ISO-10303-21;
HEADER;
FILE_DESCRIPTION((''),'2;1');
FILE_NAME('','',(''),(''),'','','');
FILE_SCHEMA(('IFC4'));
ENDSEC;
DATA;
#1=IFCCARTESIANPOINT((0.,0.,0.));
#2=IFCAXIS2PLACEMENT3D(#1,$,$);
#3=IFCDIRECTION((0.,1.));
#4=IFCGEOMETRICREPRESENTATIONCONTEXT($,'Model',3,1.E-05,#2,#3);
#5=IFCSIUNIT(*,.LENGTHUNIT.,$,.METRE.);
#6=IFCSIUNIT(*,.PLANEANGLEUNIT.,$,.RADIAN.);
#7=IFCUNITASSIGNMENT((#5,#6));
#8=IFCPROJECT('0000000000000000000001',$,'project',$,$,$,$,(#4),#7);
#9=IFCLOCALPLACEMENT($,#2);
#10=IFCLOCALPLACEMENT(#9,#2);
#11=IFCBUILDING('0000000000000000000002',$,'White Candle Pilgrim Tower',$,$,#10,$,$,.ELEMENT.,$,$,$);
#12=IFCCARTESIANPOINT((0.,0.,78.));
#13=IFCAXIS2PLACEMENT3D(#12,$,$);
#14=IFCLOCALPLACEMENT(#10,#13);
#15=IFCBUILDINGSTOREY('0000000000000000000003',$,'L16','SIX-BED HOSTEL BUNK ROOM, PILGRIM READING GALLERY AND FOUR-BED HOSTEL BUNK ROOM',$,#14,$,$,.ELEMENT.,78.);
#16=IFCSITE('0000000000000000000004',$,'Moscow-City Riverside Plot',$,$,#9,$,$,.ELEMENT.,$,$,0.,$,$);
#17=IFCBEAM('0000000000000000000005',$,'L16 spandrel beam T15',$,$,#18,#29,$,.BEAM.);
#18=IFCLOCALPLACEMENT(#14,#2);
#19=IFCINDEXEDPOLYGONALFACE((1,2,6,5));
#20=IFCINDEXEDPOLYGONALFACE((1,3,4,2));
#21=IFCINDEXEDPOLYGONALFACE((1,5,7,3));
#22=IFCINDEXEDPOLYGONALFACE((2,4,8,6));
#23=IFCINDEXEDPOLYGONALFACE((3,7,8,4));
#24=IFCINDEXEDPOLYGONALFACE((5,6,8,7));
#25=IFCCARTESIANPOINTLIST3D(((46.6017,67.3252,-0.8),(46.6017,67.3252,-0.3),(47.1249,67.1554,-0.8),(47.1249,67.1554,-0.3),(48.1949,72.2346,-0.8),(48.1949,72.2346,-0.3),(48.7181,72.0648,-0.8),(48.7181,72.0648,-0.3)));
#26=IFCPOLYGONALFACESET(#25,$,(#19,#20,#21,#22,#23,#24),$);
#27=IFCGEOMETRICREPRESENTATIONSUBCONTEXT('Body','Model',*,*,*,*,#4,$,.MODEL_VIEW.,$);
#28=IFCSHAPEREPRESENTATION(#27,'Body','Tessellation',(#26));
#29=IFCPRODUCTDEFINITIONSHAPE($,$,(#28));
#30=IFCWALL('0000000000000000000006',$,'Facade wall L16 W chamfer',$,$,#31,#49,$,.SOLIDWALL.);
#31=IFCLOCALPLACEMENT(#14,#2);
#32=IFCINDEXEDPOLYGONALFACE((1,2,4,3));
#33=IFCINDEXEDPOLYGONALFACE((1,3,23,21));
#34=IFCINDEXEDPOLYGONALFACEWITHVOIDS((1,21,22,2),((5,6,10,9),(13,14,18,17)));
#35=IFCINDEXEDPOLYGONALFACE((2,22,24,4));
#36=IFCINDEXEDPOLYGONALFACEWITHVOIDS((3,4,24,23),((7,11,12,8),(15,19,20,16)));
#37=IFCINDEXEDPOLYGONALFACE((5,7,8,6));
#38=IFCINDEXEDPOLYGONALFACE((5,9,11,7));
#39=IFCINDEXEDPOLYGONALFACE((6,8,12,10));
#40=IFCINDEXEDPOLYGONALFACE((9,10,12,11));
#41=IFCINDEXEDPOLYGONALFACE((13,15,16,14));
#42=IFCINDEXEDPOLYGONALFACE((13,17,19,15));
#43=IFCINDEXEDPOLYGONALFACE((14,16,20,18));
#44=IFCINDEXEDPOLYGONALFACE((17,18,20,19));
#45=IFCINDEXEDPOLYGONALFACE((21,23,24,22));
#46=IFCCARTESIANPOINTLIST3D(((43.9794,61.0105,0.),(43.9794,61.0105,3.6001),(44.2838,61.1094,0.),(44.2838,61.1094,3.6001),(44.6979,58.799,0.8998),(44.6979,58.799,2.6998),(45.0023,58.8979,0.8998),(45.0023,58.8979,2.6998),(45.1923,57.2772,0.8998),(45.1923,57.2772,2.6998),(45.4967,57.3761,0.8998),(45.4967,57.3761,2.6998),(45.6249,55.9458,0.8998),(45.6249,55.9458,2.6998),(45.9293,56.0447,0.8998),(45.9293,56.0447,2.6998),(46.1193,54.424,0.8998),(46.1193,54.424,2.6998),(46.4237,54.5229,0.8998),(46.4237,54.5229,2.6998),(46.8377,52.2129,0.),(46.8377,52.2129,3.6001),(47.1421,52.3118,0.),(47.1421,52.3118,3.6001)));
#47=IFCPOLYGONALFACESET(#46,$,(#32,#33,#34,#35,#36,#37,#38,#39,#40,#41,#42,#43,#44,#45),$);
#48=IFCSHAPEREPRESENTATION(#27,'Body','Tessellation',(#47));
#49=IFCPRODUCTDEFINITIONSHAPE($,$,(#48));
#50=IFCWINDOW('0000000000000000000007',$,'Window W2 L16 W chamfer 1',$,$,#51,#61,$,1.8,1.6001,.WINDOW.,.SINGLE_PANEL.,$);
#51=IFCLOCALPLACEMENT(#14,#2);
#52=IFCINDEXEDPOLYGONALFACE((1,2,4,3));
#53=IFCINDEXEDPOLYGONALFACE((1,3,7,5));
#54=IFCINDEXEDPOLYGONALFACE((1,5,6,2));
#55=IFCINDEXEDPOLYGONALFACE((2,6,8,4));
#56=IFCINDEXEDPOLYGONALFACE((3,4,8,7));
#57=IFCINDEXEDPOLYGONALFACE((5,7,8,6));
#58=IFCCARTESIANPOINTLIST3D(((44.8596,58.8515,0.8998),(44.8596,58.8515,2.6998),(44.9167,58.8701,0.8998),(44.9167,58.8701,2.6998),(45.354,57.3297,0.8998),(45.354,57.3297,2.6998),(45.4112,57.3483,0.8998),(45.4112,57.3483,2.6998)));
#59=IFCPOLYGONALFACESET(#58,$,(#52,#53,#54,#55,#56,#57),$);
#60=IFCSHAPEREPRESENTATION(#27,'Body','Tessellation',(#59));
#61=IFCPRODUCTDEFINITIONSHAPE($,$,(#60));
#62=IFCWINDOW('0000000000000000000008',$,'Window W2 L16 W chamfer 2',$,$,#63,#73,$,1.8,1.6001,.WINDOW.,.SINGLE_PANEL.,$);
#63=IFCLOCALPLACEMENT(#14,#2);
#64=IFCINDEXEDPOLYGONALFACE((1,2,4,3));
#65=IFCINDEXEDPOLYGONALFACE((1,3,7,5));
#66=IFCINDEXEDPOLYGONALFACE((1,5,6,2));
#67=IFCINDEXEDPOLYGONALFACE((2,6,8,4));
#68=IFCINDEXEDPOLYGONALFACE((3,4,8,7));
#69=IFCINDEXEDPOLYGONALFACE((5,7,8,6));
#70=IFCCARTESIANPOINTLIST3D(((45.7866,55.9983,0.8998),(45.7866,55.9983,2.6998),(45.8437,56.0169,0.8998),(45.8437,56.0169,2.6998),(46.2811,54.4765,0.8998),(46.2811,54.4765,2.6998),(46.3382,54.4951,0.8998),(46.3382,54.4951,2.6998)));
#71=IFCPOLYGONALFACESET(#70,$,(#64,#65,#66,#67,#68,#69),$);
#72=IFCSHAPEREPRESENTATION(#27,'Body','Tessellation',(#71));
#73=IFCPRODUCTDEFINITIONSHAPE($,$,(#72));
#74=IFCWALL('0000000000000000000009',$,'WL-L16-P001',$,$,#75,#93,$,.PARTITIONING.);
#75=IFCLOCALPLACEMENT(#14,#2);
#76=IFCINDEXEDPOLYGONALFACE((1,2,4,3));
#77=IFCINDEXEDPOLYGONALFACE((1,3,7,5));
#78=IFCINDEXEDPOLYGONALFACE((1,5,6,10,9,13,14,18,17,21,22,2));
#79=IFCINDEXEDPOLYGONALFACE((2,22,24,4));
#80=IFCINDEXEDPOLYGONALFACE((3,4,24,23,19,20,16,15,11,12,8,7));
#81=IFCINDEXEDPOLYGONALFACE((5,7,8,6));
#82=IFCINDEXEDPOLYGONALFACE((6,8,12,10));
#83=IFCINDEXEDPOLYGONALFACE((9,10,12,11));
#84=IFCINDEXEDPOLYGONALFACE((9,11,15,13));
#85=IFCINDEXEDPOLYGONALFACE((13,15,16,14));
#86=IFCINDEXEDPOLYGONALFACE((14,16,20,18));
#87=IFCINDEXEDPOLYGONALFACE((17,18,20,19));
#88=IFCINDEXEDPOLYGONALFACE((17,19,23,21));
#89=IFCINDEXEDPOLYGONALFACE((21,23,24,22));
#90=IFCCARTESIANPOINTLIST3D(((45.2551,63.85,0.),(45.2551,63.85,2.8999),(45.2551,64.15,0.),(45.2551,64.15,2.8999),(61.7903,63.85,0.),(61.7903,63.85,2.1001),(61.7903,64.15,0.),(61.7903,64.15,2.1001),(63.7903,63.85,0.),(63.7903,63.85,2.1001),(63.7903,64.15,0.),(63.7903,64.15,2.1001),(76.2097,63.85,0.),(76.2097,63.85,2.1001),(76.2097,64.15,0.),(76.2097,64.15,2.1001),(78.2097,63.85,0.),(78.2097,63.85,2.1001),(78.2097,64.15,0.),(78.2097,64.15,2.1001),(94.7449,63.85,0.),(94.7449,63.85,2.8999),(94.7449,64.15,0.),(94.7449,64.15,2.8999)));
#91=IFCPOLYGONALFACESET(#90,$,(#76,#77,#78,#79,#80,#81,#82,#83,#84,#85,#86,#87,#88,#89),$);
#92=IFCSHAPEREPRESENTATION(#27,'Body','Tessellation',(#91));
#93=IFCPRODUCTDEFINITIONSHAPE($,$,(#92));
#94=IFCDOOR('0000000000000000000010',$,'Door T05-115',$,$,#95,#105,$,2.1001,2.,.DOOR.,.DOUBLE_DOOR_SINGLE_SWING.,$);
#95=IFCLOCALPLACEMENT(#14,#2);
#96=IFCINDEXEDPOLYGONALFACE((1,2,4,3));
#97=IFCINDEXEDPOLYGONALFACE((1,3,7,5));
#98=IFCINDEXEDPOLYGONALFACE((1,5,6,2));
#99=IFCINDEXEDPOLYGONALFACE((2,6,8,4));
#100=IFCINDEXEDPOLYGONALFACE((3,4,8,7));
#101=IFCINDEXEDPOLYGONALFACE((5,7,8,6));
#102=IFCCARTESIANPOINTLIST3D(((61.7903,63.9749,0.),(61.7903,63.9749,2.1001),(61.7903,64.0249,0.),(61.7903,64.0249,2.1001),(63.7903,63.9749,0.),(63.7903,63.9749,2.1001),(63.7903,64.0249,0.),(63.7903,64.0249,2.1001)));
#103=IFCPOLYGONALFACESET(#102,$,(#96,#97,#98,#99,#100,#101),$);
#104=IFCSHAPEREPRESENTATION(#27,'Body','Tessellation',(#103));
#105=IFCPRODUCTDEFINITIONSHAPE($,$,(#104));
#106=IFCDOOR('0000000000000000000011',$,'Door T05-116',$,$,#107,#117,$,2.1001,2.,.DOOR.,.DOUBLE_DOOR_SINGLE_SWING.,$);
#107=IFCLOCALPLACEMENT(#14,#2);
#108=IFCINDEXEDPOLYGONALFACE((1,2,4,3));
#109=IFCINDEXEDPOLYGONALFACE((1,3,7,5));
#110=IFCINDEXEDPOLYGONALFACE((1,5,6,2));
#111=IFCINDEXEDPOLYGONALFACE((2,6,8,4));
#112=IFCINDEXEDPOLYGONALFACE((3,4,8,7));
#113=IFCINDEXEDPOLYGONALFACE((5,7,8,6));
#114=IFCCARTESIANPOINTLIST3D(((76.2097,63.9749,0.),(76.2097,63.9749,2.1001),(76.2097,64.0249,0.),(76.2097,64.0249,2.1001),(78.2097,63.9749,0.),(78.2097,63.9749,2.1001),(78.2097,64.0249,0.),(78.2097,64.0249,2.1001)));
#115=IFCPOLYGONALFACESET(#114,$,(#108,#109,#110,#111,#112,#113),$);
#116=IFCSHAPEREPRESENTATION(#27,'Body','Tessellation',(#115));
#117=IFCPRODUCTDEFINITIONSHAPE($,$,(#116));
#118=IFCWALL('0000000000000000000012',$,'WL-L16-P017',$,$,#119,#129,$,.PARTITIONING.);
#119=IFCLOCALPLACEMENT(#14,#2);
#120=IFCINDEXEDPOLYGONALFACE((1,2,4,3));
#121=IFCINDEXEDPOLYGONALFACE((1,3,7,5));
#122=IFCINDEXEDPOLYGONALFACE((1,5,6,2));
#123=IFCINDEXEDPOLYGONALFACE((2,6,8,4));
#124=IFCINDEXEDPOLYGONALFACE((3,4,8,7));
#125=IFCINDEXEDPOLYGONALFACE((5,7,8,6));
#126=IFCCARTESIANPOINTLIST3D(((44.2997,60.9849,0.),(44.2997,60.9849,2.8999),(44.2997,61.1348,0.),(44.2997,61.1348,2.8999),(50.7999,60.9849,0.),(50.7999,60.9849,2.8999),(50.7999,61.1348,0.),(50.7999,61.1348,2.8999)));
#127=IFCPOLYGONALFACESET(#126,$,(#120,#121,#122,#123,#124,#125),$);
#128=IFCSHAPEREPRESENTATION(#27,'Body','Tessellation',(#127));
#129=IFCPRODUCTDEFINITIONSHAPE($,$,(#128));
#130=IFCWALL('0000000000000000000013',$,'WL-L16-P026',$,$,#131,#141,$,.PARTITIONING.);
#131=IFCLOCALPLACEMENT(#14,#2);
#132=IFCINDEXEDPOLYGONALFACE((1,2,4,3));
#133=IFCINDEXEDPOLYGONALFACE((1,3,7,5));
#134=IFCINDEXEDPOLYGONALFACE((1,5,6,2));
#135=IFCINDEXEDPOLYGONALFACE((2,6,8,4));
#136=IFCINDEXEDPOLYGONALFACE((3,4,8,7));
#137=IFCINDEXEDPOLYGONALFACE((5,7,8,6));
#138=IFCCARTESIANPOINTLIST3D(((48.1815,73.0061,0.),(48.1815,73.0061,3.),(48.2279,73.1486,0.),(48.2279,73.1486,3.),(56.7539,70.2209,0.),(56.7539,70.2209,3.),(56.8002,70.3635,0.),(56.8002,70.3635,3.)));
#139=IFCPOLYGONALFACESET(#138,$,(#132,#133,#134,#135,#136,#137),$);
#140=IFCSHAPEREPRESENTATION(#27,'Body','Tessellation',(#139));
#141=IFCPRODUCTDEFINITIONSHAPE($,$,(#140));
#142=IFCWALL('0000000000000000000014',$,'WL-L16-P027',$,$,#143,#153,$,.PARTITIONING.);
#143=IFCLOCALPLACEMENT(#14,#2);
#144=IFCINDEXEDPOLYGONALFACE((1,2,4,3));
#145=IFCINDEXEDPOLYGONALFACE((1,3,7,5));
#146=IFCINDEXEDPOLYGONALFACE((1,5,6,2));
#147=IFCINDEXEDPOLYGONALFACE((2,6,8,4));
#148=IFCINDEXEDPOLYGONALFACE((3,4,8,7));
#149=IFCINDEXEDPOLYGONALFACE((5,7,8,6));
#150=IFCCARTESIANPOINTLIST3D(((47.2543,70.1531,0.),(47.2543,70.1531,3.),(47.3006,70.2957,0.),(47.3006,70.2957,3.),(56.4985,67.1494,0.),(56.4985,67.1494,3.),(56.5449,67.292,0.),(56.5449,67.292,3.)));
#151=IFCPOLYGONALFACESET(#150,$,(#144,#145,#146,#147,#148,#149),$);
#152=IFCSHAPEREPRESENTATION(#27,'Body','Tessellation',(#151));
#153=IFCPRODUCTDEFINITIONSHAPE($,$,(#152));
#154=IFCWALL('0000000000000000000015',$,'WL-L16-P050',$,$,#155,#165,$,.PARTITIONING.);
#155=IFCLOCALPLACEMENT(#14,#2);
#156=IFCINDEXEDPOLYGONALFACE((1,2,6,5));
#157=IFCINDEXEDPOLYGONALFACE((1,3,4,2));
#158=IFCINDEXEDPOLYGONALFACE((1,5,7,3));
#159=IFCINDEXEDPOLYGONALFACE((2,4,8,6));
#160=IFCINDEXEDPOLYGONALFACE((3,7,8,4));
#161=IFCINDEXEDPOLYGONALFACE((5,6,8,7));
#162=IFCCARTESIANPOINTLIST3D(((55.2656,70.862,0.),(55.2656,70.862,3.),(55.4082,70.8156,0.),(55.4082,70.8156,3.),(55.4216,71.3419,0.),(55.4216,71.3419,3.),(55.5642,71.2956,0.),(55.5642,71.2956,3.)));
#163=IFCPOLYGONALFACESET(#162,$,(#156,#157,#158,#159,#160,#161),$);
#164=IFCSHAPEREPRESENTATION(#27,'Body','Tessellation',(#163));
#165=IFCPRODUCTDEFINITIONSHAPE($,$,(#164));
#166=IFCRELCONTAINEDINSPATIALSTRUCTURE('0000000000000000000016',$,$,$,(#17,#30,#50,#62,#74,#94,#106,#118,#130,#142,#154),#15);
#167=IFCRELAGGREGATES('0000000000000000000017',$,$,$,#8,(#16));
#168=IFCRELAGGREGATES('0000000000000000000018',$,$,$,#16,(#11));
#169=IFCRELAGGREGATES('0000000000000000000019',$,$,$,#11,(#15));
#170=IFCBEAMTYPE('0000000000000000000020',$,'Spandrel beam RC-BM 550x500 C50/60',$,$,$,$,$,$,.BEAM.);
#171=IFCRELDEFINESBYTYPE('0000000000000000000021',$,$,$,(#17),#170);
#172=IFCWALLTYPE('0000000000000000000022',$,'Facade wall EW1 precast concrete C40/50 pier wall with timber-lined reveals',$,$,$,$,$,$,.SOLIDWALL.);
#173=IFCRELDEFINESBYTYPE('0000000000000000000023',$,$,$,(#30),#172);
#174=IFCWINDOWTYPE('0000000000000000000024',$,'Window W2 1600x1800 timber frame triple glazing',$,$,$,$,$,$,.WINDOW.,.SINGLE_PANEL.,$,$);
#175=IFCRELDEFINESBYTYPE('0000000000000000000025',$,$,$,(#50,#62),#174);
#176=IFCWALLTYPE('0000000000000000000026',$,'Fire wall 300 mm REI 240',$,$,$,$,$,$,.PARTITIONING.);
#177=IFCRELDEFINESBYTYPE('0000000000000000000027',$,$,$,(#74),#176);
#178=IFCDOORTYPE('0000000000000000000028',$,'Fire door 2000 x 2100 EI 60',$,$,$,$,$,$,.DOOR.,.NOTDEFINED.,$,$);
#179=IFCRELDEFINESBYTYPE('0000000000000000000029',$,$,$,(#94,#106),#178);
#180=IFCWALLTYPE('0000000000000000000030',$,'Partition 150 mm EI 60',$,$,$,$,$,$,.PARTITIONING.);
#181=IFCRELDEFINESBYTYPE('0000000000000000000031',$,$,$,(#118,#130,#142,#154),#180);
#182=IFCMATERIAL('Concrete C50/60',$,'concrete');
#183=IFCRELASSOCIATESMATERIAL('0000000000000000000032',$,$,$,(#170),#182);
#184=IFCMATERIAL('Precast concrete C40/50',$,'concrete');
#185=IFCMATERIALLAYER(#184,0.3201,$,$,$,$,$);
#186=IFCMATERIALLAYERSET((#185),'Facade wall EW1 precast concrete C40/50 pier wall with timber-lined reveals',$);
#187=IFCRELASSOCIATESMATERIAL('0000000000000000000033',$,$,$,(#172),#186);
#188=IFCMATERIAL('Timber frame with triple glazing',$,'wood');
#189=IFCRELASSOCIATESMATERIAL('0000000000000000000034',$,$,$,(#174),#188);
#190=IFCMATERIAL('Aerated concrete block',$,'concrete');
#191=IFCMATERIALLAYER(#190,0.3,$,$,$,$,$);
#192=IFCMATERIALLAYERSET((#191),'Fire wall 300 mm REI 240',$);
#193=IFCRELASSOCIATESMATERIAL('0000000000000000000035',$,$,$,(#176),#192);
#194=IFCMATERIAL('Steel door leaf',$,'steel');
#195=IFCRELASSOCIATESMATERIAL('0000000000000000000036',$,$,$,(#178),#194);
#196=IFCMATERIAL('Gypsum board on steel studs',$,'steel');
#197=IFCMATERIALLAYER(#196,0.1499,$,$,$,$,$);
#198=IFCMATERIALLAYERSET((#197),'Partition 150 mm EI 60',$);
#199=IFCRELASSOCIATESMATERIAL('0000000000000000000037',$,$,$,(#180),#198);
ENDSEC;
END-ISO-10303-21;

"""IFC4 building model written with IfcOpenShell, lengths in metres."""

from ifc_helpers import new_model, si_unit, direction, frame, frame_2d, origin, origin_2d, place, context, subcontext, project, spatial, rectangle, extrude, material, layer, layer_set, material_profile, profile_set, type_object, element, fill, save


model = new_model("IFC4")

# Units and contexts
model_context = context("Model", 3, precision=1e-05, world=origin(), true_north=direction((0.0, 1.0)))
body_context = subcontext(model_context, "Body", "Model", "MODEL_VIEW")
ifc_project = project(units=[si_unit("LENGTHUNIT", "METRE"), si_unit("PLANEANGLEUNIT", "RADIAN")], contexts=[model_context])

# Site, building, storey
site_placement = place(None, origin())
site = spatial("IfcSite", under=ifc_project, at=site_placement, Name="Moscow-City Riverside Plot", CompositionType="ELEMENT", RefElevation=0.0)
building_placement = place(site_placement, origin())
building = spatial("IfcBuilding", under=site, at=building_placement, Name="White Candle Pilgrim Tower", CompositionType="ELEMENT")
storey_placement = place(building_placement, frame((0.0, 0.0, 78.0)))
storey = spatial("IfcBuildingStorey", under=building, at=storey_placement, Name="L16", Description="SIX-BED HOSTEL BUNK ROOM, PILGRIM READING GALLERY AND FOUR-BED HOSTEL BUNK ROOM", CompositionType="ELEMENT", Elevation=78.0)

# Beam
ifc_material_1 = material(Name="Concrete C50/60", Category="concrete")
ifc_material_profile_1 = material_profile(ifc_material_1, rectangle(XDim=0.55, YDim=0.5, at=origin_2d()), Name="RC-BM 550x500")
ifc_profile_set_1 = profile_set([ifc_material_profile_1], Name="Concrete C50/60")
beam_type_1 = type_object("IfcBeamType", Name="Spandrel beam RC-BM 550x500 C50/60", PredefinedType="BEAM", material=ifc_profile_set_1)
beam_1_placement = place(storey_placement, frame((48.4565, 72.1497, -0.55), z_axis=(-0.308683, -0.951165, 0.0), x_axis=(0.951165, -0.308683, 0.0)))
element("IfcBeam", 1, at=beam_1_placement, inside=storey, type_object=beam_type_1, Name="L16 spandrel beam T15", PredefinedType="BEAM", context=body_context, shape_type="SweptSolid", body=[
    extrude(rectangle(XDim=0.55, YDim=0.5, at=origin_2d()), origin(), (0.0, 0.0, 1.0), 5.1614),
])

# Wall, openings, windows
ifc_material_2 = material(Name="Precast concrete C40/50", Category="concrete")
ifc_layer_1 = layer(ifc_material_2, 0.3201)
ifc_layer_set_1 = layer_set([ifc_layer_1], Name="Facade wall EW1 precast concrete C40/50 pier wall with timber-lined reveals")
wall_type_1 = type_object("IfcWallType", Name="Facade wall EW1 precast concrete C40/50 pier wall with timber-lined reveals", PredefinedType="SOLIDWALL", material=ifc_layer_set_1)
wall_1_placement = place(storey_placement, frame((44.1316, 61.0598, 0.0), z_axis=(0.0, 0.0, 1.0), x_axis=(0.309006, -0.95106, 0.0)))
wall_1 = element("IfcWall", 2, at=wall_1_placement, inside=storey, type_object=wall_type_1, Name="Facade wall L16 W chamfer", PredefinedType="SOLIDWALL", context=body_context, shape_type="SweptSolid", body=[
    extrude(rectangle(XDim=9.2502, YDim=0.3201, at=frame_2d((4.625, 0.0))), origin(), (0.0, 0.0, 1.0), 3.6001),
])
opening_1_placement = place(wall_1_placement, frame((2.3252, 0.0, 0.8999)))
opening_1 = element("IfcOpeningElement", 3, at=opening_1_placement, cuts=wall_1, PredefinedType="OPENING", context=body_context, shape_type="SweptSolid", body=[
    extrude(rectangle(XDim=1.6001, YDim=1.8, at=frame_2d((0.8, 0.8999))), frame((0.0, 0.1699, 0.0), z_axis=(0.0, -1.0, 0.0), x_axis=(1.0, 0.0, 0.0)), (0.0, 0.0, 1.0), 0.3401),
])
opening_2_placement = place(wall_1_placement, frame((5.3252, 0.0, 0.8999)))
opening_2 = element("IfcOpeningElement", 4, at=opening_2_placement, cuts=wall_1, PredefinedType="OPENING", context=body_context, shape_type="SweptSolid", body=[
    extrude(rectangle(XDim=1.6001, YDim=1.8, at=frame_2d((0.8, 0.8999))), frame((0.0, 0.1699, 0.0), z_axis=(0.0, -1.0, 0.0), x_axis=(1.0, 0.0, 0.0)), (0.0, 0.0, 1.0), 0.3401),
])
ifc_material_3 = material(Name="Timber frame with triple glazing", Category="wood")
window_type = type_object("IfcWindowType", Name="Window W2 1600x1800 timber frame triple glazing", PartitioningType="SINGLE_PANEL", PredefinedType="WINDOW", material=ifc_material_3)
window_1_placement = place(opening_1_placement, origin())
window_1 = element("IfcWindow", 5, at=window_1_placement, inside=storey, type_object=window_type, Name="Window W2 L16 W chamfer 1", OverallHeight=1.8, OverallWidth=1.6001, PartitioningType="SINGLE_PANEL", PredefinedType="WINDOW", context=body_context, shape_type="SweptSolid", body=[
    extrude(rectangle(XDim=1.6001, YDim=1.8, at=frame_2d((0.8, 0.8999))), frame((0.0, 0.0701, 0.0), z_axis=(0.0, -1.0, 0.0), x_axis=(1.0, 0.0, 0.0)), (0.0, 0.0, 1.0), 0.0601),
])
fill(opening_1, window_1)
window_2_placement = place(opening_2_placement, origin())
window_2 = element("IfcWindow", 6, at=window_2_placement, inside=storey, type_object=window_type, Name="Window W2 L16 W chamfer 2", OverallHeight=1.8, OverallWidth=1.6001, PartitioningType="SINGLE_PANEL", PredefinedType="WINDOW", context=body_context, shape_type="SweptSolid", body=[
    extrude(rectangle(XDim=1.6001, YDim=1.8, at=frame_2d((0.8, 0.8999))), frame((0.0, 0.0701, 0.0), z_axis=(0.0, -1.0, 0.0), x_axis=(1.0, 0.0, 0.0)), (0.0, 0.0, 1.0), 0.0601),
])
fill(opening_2, window_2)

# Wall, openings, doors
ifc_material_4 = material(Name="Aerated concrete block", Category="concrete")
ifc_layer_2 = layer(ifc_material_4, 0.3)
ifc_layer_set_2 = layer_set([ifc_layer_2], Name="Fire wall 300 mm REI 240")
wall_type_2 = type_object("IfcWallType", Name="Fire wall 300 mm REI 240", PredefinedType="PARTITIONING", material=ifc_layer_set_2)
wall_2_placement = place(storey_placement, frame((45.2551, 64.0, 0.0), z_axis=(0.0, 0.0, 1.0), x_axis=(1.0, 0.0, 0.0)))
wall_2 = element("IfcWall", 7, at=wall_2_placement, inside=storey, type_object=wall_type_2, Name="WL-L16-P001", PredefinedType="PARTITIONING", context=body_context, shape_type="SweptSolid", body=[
    extrude(rectangle(XDim=49.4897, YDim=0.3, at=frame_2d((24.7449, 0.0))), origin(), (0.0, 0.0, 1.0), 2.8999),
])
opening_3_placement = place(wall_2_placement, frame((16.5352, 0.0, 0.0)))
opening_3 = element("IfcOpeningElement", 8, at=opening_3_placement, cuts=wall_2, PredefinedType="OPENING", context=body_context, shape_type="SweptSolid", body=[
    extrude(rectangle(XDim=2.0, YDim=2.1001, at=frame_2d((1.0, 1.05))), frame((0.0, 0.1599, 0.0), z_axis=(0.0, -1.0, 0.0), x_axis=(1.0, 0.0, 0.0)), (0.0, 0.0, 1.0), 0.3201),
])
opening_4_placement = place(wall_2_placement, frame((30.9546, 0.0, 0.0)))
opening_4 = element("IfcOpeningElement", 9, at=opening_4_placement, cuts=wall_2, PredefinedType="OPENING", context=body_context, shape_type="SweptSolid", body=[
    extrude(rectangle(XDim=2.0, YDim=2.1001, at=frame_2d((1.0, 1.05))), frame((0.0, 0.1599, 0.0), z_axis=(0.0, -1.0, 0.0), x_axis=(1.0, 0.0, 0.0)), (0.0, 0.0, 1.0), 0.3201),
])
ifc_material_5 = material(Name="Steel door leaf", Category="steel")
door_type = type_object("IfcDoorType", Name="Fire door 2000 x 2100 EI 60", OperationType="NOTDEFINED", PredefinedType="DOOR", material=ifc_material_5)
door_1_placement = place(opening_3_placement, origin())
door_1 = element("IfcDoor", 10, at=door_1_placement, inside=storey, type_object=door_type, Name="Door T05-115", OperationType="DOUBLE_DOOR_SINGLE_SWING", OverallHeight=2.1001, OverallWidth=2.0, PredefinedType="DOOR", context=body_context, shape_type="SweptSolid", body=[
    extrude(rectangle(XDim=2.0, YDim=2.1001, at=frame_2d((1.0, 1.05))), frame((0.0, 0.0249, 0.0), z_axis=(0.0, -1.0, 0.0), x_axis=(1.0, 0.0, 0.0)), (0.0, 0.0, 1.0), 0.05),
])
fill(opening_3, door_1)
door_2_placement = place(opening_4_placement, origin())
door_2 = element("IfcDoor", 11, at=door_2_placement, inside=storey, type_object=door_type, Name="Door T05-116", OperationType="DOUBLE_DOOR_SINGLE_SWING", OverallHeight=2.1001, OverallWidth=2.0, PredefinedType="DOOR", context=body_context, shape_type="SweptSolid", body=[
    extrude(rectangle(XDim=2.0, YDim=2.1001, at=frame_2d((1.0, 1.05))), frame((0.0, 0.0249, 0.0), z_axis=(0.0, -1.0, 0.0), x_axis=(1.0, 0.0, 0.0)), (0.0, 0.0, 1.0), 0.05),
])
fill(opening_4, door_2)

# Walls
ifc_material_6 = material(Name="Gypsum board on steel studs", Category="steel")
ifc_layer_3 = layer(ifc_material_6, 0.1499)
ifc_layer_set_3 = layer_set([ifc_layer_3], Name="Partition 150 mm EI 60")
wall_type_3 = type_object("IfcWallType", Name="Partition 150 mm EI 60", PredefinedType="PARTITIONING", material=ifc_layer_set_3)
wall_3_placement = place(storey_placement, frame((44.2998, 61.0598, 0.0), z_axis=(0.0, 0.0, 1.0), x_axis=(1.0, 0.0, 0.0)))
element("IfcWall", 12, at=wall_3_placement, inside=storey, type_object=wall_type_3, Name="WL-L16-P017", PredefinedType="PARTITIONING", context=body_context, shape_type="SweptSolid", body=[
    extrude(rectangle(XDim=6.5002, YDim=0.1499, at=frame_2d((3.25, 0.0))), origin(), (0.0, 0.0, 1.0), 2.8999),
])
wall_4_placement = place(storey_placement, frame((48.2046, 73.0774, 0.0), z_axis=(0.0, 0.0, 1.0), x_axis=(0.951061, -0.309003, 0.0)))
element("IfcWall", 13, at=wall_4_placement, inside=storey, type_object=wall_type_3, Name="WL-L16-P026", PredefinedType="PARTITIONING", context=body_context, shape_type="SweptSolid", body=[
    extrude(rectangle(XDim=9.0134, YDim=0.1499, at=frame_2d((4.5068, 0.0))), origin(), (0.0, 0.0, 1.0), 3.0),
])
wall_5_placement = place(storey_placement, frame((47.2776, 70.2244, 0.0), z_axis=(0.0, 0.0, 1.0), x_axis=(0.951055, -0.309022, 0.0)))
element("IfcWall", 14, at=wall_5_placement, inside=storey, type_object=wall_type_3, Name="WL-L16-P027", PredefinedType="PARTITIONING", context=body_context, shape_type="SweptSolid", body=[
    extrude(rectangle(XDim=9.72, YDim=0.1499, at=frame_2d((4.8599, 0.0))), origin(), (0.0, 0.0, 1.0), 3.0),
])
wall_6_placement = place(storey_placement, frame((55.4929, 71.3188, 0.0), z_axis=(0.0, 0.0, 1.0), x_axis=(-0.309108, -0.951027, 0.0)))
element("IfcWall", 15, at=wall_6_placement, inside=storey, type_object=wall_type_3, Name="WL-L16-P050", PredefinedType="PARTITIONING", context=body_context, shape_type="SweptSolid", body=[
    extrude(rectangle(XDim=0.5046, YDim=0.1499, at=frame_2d((0.2524, 0.0))), origin(), (0.0, 0.0, 1.0), 3.0),
])

save(model, "model.ifc")
